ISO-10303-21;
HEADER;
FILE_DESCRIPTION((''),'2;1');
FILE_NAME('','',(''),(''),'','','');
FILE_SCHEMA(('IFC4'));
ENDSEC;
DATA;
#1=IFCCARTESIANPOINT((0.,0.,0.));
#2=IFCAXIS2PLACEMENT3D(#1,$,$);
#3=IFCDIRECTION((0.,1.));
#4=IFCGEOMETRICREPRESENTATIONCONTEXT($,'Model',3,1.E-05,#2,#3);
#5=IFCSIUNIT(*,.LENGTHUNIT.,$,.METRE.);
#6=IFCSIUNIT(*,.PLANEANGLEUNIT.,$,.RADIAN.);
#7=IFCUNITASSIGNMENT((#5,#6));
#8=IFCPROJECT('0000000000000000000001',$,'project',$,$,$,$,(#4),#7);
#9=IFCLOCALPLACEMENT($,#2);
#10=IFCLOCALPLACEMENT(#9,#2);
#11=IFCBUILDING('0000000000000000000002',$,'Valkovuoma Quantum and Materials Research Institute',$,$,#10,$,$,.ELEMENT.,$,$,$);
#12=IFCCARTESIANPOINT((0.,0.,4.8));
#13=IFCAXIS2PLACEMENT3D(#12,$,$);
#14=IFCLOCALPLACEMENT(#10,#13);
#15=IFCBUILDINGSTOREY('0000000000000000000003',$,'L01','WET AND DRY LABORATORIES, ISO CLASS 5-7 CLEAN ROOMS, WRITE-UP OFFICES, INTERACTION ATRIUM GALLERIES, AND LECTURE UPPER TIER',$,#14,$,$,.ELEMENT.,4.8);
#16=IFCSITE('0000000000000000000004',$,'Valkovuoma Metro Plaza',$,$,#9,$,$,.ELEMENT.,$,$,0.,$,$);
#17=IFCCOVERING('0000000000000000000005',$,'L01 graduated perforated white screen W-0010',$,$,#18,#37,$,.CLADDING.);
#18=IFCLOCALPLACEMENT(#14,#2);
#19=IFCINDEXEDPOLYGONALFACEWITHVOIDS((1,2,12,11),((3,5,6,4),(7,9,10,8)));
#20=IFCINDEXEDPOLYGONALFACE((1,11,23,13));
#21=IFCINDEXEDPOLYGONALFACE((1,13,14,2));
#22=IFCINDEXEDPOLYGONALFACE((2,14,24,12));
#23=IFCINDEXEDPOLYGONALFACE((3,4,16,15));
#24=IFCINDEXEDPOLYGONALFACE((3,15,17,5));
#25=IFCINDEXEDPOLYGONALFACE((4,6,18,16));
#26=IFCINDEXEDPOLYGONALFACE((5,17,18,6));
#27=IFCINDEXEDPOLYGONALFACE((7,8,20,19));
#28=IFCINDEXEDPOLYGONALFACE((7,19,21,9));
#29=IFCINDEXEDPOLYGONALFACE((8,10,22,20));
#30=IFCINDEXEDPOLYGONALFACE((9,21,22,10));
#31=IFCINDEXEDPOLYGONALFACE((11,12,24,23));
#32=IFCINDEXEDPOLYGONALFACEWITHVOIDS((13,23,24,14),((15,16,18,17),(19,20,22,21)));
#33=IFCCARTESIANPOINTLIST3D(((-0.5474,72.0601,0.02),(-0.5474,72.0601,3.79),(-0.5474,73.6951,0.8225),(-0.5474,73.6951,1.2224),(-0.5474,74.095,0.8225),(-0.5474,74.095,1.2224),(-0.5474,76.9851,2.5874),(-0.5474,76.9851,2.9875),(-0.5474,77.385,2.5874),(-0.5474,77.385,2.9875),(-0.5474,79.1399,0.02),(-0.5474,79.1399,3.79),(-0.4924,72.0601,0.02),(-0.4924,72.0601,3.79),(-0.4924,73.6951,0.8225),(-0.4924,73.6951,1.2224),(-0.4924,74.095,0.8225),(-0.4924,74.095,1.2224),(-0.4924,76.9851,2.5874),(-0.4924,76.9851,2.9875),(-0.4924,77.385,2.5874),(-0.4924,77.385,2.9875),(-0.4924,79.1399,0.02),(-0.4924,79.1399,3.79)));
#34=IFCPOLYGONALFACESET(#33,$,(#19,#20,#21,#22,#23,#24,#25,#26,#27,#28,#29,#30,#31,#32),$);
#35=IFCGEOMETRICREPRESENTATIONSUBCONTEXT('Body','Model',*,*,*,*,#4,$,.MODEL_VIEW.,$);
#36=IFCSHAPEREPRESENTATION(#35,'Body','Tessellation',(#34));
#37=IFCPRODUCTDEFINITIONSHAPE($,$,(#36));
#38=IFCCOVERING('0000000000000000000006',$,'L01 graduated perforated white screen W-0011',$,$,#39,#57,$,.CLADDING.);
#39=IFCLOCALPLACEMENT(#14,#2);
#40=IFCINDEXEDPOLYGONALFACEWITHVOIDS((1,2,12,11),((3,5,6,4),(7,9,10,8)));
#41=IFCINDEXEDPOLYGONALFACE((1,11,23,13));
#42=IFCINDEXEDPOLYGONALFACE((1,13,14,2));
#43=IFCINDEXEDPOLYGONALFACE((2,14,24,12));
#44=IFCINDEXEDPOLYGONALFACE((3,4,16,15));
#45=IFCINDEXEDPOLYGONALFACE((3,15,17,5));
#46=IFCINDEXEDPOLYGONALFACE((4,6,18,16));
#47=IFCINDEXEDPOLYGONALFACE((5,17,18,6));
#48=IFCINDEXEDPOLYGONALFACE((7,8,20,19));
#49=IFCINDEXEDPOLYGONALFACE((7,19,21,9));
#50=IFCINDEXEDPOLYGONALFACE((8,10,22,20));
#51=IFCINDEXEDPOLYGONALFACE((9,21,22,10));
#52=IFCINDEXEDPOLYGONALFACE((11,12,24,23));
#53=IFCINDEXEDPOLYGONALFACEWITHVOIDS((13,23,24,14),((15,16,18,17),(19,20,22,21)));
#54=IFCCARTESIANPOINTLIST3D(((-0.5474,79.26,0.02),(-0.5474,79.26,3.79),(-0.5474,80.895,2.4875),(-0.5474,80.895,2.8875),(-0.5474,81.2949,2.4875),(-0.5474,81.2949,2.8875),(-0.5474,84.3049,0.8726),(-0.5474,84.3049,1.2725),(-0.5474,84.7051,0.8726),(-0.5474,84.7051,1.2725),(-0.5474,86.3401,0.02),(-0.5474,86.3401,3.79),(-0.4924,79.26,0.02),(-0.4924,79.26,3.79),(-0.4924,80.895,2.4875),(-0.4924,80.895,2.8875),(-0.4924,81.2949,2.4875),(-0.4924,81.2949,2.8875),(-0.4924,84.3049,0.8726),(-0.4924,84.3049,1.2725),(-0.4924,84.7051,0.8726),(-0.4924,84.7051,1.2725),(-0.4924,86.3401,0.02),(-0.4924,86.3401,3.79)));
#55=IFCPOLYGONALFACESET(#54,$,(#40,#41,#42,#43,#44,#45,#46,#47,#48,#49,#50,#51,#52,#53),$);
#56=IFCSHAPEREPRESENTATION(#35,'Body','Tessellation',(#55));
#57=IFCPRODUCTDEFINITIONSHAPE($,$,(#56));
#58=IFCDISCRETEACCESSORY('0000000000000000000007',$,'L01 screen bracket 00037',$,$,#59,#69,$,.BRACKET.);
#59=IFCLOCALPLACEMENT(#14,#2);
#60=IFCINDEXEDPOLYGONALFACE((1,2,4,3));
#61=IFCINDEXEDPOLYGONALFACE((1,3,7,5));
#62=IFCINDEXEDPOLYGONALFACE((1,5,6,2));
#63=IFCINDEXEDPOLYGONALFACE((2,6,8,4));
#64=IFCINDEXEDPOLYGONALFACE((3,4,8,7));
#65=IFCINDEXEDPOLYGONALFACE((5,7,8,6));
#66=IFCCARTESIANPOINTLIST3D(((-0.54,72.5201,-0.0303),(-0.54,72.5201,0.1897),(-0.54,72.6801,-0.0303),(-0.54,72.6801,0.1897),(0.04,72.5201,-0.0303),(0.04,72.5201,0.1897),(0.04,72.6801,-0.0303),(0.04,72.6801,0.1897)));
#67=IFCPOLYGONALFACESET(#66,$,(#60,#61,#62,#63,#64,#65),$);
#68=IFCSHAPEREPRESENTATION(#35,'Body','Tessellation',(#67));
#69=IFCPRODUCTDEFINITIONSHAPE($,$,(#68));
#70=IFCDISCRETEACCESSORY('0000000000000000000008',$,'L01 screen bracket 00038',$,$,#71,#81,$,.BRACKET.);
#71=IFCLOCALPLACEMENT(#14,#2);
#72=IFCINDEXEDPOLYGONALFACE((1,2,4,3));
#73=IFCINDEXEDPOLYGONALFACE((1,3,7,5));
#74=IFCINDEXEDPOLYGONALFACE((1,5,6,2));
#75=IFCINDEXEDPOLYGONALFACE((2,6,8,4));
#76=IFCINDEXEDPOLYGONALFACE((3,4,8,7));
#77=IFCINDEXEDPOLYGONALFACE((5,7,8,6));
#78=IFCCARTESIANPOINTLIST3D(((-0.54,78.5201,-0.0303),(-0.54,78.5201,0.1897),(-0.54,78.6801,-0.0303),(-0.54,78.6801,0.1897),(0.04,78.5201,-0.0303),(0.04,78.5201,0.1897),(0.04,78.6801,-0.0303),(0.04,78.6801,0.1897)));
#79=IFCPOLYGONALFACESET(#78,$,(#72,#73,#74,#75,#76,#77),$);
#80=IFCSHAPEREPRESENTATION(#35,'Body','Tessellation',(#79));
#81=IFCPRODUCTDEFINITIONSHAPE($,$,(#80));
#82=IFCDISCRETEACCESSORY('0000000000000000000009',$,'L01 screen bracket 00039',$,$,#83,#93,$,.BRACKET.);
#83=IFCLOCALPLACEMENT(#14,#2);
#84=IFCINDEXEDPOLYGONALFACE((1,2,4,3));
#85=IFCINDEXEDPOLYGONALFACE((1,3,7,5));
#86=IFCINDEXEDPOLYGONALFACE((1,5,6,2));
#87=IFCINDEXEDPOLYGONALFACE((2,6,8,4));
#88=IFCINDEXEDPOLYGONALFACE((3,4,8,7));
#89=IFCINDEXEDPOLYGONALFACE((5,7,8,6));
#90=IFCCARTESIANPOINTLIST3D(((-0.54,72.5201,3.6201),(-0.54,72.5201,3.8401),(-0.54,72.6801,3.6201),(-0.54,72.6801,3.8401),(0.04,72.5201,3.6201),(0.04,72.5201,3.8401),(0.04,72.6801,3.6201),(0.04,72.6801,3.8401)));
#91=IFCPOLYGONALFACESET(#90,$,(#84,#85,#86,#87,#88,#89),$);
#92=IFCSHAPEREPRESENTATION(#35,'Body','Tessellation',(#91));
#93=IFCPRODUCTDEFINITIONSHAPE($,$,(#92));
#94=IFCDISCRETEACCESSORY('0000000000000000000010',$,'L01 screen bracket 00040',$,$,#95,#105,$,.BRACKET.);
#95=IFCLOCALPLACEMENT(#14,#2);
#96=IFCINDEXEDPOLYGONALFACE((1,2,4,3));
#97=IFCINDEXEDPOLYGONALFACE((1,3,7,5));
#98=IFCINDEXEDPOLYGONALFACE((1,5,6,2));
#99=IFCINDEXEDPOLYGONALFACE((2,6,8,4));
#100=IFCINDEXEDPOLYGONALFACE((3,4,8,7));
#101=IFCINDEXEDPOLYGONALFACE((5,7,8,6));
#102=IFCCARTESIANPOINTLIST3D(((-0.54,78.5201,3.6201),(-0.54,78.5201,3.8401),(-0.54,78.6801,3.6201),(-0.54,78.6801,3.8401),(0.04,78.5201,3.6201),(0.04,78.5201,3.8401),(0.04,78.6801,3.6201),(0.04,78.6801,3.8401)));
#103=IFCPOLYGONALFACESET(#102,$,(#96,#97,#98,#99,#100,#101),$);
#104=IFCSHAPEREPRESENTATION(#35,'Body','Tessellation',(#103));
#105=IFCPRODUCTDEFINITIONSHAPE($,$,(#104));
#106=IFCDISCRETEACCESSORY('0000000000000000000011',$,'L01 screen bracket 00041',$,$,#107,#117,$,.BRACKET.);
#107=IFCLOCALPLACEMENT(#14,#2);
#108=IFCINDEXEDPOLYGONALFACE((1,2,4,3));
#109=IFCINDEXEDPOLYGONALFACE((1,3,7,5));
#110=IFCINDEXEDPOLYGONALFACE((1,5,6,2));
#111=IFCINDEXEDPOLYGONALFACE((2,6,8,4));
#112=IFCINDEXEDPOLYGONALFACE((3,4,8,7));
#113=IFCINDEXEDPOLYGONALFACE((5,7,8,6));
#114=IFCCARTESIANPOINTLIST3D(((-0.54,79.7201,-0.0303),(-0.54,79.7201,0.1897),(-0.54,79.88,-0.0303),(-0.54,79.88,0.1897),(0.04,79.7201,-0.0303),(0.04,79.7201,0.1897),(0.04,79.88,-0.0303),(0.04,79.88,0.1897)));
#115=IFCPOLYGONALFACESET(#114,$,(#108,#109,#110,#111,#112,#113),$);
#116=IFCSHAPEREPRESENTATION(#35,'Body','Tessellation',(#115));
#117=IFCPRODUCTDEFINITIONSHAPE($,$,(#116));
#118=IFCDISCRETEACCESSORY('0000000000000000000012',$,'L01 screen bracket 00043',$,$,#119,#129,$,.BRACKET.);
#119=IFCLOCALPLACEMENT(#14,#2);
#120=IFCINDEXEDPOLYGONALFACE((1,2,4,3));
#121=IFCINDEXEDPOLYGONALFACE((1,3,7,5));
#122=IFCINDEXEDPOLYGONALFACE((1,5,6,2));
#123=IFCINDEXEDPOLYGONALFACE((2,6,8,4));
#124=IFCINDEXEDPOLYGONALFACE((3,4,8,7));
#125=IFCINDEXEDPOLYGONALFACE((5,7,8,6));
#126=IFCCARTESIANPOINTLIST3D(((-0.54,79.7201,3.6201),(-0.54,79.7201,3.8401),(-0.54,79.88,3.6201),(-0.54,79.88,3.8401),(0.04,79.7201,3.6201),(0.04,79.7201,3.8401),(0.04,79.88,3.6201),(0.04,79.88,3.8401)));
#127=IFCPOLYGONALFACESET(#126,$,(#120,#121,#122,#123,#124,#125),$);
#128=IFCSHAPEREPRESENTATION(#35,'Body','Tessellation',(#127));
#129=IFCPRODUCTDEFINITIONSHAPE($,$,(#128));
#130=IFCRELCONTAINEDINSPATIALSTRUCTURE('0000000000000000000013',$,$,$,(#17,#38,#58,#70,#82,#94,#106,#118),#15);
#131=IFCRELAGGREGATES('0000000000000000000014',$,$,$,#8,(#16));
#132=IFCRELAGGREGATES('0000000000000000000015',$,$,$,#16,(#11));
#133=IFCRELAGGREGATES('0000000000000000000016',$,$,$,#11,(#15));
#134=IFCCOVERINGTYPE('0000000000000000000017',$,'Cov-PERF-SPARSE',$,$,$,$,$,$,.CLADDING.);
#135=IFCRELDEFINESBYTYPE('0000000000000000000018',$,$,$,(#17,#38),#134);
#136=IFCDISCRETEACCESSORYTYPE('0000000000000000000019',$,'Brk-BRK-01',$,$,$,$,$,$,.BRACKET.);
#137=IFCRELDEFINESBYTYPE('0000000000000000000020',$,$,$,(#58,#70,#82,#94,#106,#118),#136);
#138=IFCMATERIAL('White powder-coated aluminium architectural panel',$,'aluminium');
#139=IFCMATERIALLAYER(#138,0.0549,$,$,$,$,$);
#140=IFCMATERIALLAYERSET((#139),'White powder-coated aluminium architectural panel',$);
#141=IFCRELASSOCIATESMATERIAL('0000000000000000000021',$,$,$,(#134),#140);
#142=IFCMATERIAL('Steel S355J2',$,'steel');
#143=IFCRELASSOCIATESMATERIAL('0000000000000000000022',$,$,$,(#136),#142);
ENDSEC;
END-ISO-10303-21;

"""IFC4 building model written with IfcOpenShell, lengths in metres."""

from ifc_helpers import new_model, si_unit, direction, frame, origin, origin_2d, place, context, subcontext, project, spatial, polyline, rectangle, outline, extrude, material, layer, layer_set, type_object, element, save


model = new_model("IFC4")

# Units and contexts
model_context = context("Model", 3, precision=1e-05, world=origin(), true_north=direction((0.0, 1.0)))
body_context = subcontext(model_context, "Body", "Model", "MODEL_VIEW")
ifc_project = project(units=[si_unit("LENGTHUNIT", "METRE"), si_unit("PLANEANGLEUNIT", "RADIAN")], contexts=[model_context])

# Site, building, storey
site_placement = place(None, origin())
site = spatial("IfcSite", under=ifc_project, at=site_placement, Name="Valkovuoma Metro Plaza", CompositionType="ELEMENT", RefElevation=0.0)
building_placement = place(site_placement, origin())
building = spatial("IfcBuilding", under=site, at=building_placement, Name="Valkovuoma Quantum and Materials Research Institute", CompositionType="ELEMENT")
storey_placement = place(building_placement, frame((0.0, 0.0, 4.8)))
storey = spatial("IfcBuildingStorey", under=building, at=storey_placement, Name="L01", Description="WET AND DRY LABORATORIES, ISO CLASS 5-7 CLEAN ROOMS, WRITE-UP OFFICES, INTERACTION ATRIUM GALLERIES, AND LECTURE UPPER TIER", CompositionType="ELEMENT", Elevation=4.8)

# Coverings
ifc_material_1 = material(Name="White powder-coated aluminium architectural panel", Category="aluminium")
ifc_layer_1 = layer(ifc_material_1, 0.0549)
ifc_layer_set_1 = layer_set([ifc_layer_1], Name="White powder-coated aluminium architectural panel")
covering_type = type_object("IfcCoveringType", Name="Cov-PERF-SPARSE", PredefinedType="CLADDING", material=ifc_layer_set_1)
covering_1_placement = place(storey_placement, frame((-0.52, 72.0601, 0.02), z_axis=(0.0, 0.0, 1.0), x_axis=(0.0, 1.0, 0.0)))
element("IfcCovering", 1, at=covering_1_placement, inside=storey, type_object=covering_type, Name="L01 graduated perforated white screen W-0010", PredefinedType="CLADDING", context=body_context, shape_type="SweptSolid", body=[
    extrude(outline(polyline([(0.0, 0.0), (7.0798, 0.0), (7.0798, 3.77), (0.0, 3.77), (0.0, 0.0)]), holes=[polyline([(1.635, 0.8025), (1.635, 1.2024), (2.0349, 1.2024), (2.0349, 0.8025), (1.635, 0.8025)]), polyline([(4.925, 2.5674), (4.925, 2.9675), (5.325, 2.9675), (5.325, 2.5674), (4.925, 2.5674)])]), frame((0.0, 0.0273, 0.0), z_axis=(0.0, -1.0, 0.0), x_axis=(1.0, 0.0, 0.0)), (0.0, 0.0, 1.0), 0.0549),
])
covering_2_placement = place(storey_placement, frame((-0.52, 79.26, 0.02), z_axis=(0.0, 0.0, 1.0), x_axis=(0.0, 1.0, 0.0)))
element("IfcCovering", 2, at=covering_2_placement, inside=storey, type_object=covering_type, Name="L01 graduated perforated white screen W-0011", PredefinedType="CLADDING", context=body_context, shape_type="SweptSolid", body=[
    extrude(outline(polyline([(0.0, 0.0), (7.0801, 0.0), (7.0801, 3.77), (0.0, 3.77), (0.0, 0.0)]), holes=[polyline([(1.635, 2.4675), (1.635, 2.8674), (2.0349, 2.8674), (2.0349, 2.4675), (1.635, 2.4675)]), polyline([(5.0449, 0.8525), (5.0449, 1.2524), (5.4451, 1.2524), (5.4451, 0.8525), (5.0449, 0.8525)])]), frame((0.0, 0.0273, 0.0), z_axis=(0.0, -1.0, 0.0), x_axis=(1.0, 0.0, 0.0)), (0.0, 0.0, 1.0), 0.0549),
])

# Discrete accessories
ifc_material_2 = material(Name="Steel S355J2", Category="steel")
discrete_accessory_type = type_object("IfcDiscreteAccessoryType", Name="Brk-BRK-01", PredefinedType="BRACKET", material=ifc_material_2)
for number, where, z_axis, x_axis, name in (
    (3, (-0.25, 72.6001, -0.0303), (0.0, 0.0, 1.0), (1.0, 0.0, 0.0), "L01 screen bracket 00037"),
    (4, (-0.25, 78.6001, -0.0303), (0.0, 0.0, 1.0), (1.0, 0.0, 0.0), "L01 screen bracket 00038"),
    (5, (-0.25, 72.6001, 3.6201), (0.0, 0.0, 1.0), (1.0, 0.0, 0.0), "L01 screen bracket 00039"),
    (6, (-0.25, 78.6001, 3.6201), (0.0, 0.0, 1.0), (1.0, 0.0, 0.0), "L01 screen bracket 00040"),
    (7, (-0.25, 79.8, -0.0303), (0.0, 0.0, 1.0), (1.0, 0.0, 0.0), "L01 screen bracket 00041"),
    (8, (-0.25, 79.8, 3.6201), (0.0, 0.0, 1.0), (1.0, 0.0, 0.0), "L01 screen bracket 00043"),
):
    element("IfcDiscreteAccessory", number, at=place(storey_placement, frame(where, z_axis=z_axis, x_axis=x_axis)), inside=storey, type_object=discrete_accessory_type, Name=name, PredefinedType="BRACKET", context=body_context, shape_type="SweptSolid", body=[
        extrude(rectangle(XDim=0.5801, YDim=0.1599, at=origin_2d()), origin(), (0.0, 0.0, 1.0), 0.22),
    ])

save(model, "model.ifc")
